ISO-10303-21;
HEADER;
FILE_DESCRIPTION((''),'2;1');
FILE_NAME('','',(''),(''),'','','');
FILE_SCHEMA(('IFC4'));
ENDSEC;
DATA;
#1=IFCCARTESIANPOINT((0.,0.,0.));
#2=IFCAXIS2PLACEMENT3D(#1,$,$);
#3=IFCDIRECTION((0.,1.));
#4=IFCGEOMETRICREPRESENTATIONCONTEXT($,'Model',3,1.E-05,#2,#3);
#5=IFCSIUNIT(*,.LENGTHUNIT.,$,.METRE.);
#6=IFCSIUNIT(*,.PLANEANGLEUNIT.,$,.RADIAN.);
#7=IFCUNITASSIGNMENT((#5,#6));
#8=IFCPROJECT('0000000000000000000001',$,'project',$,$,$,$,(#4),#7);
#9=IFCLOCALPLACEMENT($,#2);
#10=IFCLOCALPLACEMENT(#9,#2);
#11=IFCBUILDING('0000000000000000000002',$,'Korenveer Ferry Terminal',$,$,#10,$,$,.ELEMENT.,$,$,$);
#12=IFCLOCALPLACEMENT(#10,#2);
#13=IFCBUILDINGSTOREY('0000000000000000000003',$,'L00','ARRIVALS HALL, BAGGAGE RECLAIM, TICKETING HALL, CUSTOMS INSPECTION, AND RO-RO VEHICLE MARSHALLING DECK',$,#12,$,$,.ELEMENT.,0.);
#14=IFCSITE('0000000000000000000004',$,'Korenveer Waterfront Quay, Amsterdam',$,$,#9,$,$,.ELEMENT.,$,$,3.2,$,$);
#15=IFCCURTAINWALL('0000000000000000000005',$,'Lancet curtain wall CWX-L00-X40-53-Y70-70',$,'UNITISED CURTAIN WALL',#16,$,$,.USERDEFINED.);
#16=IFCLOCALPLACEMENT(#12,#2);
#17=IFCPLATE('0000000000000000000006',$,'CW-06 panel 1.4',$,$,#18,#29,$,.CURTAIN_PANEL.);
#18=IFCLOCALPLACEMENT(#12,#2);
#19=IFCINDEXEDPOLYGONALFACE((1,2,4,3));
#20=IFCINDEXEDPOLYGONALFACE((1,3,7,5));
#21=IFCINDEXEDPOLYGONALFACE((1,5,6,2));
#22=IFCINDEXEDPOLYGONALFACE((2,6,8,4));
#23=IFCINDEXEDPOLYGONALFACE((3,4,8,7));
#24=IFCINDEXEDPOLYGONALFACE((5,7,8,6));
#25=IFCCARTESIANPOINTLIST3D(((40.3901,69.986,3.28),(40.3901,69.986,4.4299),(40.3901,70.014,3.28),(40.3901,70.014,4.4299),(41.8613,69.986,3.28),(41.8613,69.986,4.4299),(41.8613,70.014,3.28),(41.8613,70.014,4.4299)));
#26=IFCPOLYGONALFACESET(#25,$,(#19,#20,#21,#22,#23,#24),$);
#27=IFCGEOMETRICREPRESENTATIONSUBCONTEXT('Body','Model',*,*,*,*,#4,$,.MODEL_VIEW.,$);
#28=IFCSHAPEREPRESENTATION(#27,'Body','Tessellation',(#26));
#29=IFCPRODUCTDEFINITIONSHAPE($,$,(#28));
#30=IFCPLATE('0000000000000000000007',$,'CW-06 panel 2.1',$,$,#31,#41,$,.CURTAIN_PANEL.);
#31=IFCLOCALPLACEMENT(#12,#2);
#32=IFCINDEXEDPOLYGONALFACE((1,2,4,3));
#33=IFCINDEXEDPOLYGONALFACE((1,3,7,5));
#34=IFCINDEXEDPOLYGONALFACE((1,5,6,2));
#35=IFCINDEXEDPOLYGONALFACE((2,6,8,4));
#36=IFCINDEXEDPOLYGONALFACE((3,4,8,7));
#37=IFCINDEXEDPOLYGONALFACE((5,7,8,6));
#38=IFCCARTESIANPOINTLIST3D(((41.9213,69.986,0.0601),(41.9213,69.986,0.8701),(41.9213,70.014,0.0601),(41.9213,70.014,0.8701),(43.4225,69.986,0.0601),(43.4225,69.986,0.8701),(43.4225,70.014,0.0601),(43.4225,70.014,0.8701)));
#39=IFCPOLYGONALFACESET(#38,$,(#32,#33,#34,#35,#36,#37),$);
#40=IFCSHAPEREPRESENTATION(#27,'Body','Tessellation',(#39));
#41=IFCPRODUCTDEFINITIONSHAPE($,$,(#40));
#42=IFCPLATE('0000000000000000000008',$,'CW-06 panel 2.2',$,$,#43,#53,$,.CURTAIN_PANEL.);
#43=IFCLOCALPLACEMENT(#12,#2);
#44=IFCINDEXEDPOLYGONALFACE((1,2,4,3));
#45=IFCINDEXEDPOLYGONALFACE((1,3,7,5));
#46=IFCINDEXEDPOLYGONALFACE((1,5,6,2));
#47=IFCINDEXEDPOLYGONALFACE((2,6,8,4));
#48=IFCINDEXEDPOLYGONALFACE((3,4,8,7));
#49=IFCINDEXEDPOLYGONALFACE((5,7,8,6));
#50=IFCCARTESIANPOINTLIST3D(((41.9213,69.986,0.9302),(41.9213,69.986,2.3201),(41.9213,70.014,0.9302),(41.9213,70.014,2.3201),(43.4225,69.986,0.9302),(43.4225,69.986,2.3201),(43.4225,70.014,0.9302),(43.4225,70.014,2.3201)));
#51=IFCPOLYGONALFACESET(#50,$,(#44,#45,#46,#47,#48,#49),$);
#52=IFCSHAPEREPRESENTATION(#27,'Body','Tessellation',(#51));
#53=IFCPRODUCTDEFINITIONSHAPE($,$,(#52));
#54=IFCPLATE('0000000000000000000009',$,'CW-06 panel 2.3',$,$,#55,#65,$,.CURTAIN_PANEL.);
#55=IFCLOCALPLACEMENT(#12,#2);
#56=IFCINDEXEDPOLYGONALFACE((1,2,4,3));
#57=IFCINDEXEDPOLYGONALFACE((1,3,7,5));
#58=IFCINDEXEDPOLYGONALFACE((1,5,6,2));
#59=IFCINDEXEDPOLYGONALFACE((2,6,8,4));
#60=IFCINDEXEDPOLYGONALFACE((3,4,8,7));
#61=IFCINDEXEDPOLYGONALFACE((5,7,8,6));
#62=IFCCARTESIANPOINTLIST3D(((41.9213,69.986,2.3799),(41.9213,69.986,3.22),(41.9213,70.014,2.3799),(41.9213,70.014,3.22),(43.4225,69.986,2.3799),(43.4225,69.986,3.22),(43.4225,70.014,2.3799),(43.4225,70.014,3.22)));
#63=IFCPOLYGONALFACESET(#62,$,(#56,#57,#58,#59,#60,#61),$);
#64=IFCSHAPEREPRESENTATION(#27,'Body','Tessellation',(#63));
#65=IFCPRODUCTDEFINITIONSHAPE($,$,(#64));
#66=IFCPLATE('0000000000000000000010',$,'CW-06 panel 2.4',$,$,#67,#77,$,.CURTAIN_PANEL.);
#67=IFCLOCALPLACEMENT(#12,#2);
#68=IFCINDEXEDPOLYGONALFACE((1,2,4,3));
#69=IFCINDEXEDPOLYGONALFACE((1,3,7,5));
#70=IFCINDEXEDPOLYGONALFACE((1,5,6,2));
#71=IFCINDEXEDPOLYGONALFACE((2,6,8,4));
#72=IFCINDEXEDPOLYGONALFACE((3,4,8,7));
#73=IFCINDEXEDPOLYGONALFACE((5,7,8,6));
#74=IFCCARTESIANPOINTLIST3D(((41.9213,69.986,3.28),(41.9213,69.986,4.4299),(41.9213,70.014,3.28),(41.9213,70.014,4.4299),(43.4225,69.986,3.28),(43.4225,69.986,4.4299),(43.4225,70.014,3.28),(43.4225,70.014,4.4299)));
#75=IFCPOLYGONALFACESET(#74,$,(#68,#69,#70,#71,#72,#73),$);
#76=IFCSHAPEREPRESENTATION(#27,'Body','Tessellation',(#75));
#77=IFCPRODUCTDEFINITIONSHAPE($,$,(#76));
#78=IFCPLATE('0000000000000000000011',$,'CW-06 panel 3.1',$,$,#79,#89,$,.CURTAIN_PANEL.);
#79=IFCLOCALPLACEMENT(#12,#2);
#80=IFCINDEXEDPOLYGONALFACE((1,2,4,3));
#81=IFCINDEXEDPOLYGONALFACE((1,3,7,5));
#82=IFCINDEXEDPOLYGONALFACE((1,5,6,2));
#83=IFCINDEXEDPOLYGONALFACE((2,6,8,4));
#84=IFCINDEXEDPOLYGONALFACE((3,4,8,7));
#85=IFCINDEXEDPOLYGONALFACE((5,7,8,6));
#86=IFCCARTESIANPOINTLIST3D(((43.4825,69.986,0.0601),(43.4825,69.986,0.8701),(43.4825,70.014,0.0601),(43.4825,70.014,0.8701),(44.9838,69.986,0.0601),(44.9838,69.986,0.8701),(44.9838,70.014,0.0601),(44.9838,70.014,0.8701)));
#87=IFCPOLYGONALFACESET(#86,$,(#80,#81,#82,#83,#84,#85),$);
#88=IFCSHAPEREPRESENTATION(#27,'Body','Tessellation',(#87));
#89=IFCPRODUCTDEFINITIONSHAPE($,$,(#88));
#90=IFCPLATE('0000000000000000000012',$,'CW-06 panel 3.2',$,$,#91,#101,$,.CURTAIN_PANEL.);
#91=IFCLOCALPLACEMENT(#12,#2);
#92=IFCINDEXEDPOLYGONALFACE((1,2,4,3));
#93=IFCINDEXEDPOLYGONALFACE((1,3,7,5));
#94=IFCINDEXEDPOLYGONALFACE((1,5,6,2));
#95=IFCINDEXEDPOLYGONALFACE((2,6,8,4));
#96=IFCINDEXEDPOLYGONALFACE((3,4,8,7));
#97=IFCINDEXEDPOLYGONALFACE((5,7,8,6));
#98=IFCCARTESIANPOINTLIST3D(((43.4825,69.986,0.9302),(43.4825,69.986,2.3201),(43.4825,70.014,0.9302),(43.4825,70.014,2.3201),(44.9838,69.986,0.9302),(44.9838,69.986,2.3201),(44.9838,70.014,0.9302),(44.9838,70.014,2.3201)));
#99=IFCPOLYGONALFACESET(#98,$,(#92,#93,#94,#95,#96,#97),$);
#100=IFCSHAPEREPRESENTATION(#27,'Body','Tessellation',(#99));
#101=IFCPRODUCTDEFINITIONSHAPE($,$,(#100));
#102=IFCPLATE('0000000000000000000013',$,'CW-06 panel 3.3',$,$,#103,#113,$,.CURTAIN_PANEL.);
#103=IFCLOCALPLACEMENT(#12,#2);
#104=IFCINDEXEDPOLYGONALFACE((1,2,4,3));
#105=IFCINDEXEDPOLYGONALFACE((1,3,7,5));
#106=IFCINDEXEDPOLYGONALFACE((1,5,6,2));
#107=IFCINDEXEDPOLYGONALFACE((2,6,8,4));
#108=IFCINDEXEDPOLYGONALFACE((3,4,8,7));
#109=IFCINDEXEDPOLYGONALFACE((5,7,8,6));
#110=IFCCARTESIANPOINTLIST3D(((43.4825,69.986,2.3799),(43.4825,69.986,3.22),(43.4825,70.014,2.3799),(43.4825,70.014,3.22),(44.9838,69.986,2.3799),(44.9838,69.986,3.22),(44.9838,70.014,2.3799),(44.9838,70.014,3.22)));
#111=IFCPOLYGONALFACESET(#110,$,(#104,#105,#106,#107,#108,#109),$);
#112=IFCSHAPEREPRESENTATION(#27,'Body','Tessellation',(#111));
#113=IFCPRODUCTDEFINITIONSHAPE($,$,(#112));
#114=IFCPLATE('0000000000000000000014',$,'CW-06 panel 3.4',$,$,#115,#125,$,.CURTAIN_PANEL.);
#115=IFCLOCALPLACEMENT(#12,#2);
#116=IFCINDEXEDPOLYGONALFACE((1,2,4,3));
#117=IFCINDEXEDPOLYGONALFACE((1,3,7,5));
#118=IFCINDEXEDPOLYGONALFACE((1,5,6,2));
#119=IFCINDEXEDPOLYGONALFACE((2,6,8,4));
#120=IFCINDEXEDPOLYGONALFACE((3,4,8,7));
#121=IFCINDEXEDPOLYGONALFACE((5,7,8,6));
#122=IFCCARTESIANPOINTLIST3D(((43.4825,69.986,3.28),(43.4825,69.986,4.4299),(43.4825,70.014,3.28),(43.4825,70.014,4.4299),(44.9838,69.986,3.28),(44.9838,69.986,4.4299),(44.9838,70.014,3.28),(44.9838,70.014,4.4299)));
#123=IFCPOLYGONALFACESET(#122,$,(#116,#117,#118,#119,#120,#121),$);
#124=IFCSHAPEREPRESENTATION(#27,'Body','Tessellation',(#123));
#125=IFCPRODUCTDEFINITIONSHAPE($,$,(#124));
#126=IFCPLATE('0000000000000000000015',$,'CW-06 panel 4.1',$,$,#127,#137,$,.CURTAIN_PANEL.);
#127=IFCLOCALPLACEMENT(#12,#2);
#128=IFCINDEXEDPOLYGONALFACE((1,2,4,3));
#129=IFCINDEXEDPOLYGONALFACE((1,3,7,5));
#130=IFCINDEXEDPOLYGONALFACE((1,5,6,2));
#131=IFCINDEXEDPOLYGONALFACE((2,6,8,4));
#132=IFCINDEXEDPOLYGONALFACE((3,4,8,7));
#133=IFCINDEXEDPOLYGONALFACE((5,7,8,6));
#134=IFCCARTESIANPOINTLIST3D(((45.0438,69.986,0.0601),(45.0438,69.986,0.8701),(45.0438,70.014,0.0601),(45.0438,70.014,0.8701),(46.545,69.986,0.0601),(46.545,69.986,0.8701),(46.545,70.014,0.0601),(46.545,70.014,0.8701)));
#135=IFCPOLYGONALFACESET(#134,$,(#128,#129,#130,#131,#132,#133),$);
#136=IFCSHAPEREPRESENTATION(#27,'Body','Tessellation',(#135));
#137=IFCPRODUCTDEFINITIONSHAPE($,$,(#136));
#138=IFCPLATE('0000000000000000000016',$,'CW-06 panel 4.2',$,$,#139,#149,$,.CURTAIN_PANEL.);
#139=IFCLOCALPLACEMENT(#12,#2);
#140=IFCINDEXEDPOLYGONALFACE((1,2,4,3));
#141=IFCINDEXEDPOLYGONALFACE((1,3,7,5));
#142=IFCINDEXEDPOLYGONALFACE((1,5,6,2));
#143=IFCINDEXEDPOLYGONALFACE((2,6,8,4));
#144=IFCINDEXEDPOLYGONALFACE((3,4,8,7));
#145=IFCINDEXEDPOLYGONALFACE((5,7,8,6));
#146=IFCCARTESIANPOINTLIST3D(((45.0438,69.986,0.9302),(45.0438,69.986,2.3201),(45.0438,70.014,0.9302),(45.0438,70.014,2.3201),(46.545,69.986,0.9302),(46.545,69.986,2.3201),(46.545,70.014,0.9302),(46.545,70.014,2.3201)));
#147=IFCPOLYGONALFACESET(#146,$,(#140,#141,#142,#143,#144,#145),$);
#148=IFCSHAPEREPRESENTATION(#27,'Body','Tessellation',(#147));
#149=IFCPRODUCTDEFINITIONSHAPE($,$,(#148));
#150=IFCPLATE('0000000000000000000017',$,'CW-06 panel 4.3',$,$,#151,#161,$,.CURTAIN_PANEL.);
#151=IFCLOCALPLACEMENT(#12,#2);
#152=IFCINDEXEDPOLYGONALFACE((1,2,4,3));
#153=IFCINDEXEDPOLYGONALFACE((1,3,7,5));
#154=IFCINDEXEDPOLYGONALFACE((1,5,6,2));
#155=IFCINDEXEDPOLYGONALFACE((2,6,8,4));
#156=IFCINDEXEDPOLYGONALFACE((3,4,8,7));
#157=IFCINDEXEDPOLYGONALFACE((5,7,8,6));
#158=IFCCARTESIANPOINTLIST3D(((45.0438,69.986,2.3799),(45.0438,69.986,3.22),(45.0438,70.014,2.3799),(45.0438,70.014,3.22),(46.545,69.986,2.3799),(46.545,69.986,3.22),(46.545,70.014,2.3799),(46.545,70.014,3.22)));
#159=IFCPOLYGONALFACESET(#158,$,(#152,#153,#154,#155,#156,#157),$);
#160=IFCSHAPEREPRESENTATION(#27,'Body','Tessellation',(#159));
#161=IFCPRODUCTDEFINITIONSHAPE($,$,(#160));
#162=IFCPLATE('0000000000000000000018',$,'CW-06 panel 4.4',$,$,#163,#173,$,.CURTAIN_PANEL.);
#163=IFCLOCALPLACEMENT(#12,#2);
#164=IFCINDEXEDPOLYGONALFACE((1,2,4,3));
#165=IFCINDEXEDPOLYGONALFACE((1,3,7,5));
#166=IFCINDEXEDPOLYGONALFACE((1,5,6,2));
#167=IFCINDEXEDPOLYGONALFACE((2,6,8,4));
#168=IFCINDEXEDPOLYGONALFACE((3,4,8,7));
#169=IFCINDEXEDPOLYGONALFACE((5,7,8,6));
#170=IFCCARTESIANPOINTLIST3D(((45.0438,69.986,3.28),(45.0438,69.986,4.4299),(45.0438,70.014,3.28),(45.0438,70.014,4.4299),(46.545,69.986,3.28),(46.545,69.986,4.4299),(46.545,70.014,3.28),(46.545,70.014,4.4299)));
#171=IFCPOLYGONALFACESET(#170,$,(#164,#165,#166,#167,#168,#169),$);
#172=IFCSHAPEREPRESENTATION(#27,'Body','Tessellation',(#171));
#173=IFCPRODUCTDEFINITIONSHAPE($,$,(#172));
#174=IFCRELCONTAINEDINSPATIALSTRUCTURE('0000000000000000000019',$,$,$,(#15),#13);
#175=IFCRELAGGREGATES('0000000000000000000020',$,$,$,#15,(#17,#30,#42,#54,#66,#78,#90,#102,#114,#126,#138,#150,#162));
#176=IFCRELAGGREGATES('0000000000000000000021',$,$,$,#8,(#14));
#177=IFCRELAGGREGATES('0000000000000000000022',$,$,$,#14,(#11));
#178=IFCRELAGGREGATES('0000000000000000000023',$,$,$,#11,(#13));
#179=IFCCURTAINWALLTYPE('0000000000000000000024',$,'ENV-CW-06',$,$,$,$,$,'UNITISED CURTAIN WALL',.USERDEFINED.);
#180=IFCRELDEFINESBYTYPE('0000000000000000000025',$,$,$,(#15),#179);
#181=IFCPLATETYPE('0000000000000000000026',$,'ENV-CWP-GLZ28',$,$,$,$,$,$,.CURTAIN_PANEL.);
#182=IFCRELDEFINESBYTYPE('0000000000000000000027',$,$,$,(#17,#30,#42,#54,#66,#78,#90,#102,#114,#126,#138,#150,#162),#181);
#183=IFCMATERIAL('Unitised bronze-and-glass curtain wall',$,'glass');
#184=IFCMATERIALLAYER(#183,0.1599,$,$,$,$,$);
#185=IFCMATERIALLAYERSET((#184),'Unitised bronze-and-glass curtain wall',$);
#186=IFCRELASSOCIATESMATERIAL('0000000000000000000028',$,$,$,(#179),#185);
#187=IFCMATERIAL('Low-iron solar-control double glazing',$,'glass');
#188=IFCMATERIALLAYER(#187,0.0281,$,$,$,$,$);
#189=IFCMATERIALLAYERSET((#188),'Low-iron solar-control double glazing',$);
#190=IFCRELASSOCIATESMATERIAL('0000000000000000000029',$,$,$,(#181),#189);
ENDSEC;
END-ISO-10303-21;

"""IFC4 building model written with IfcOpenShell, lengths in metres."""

from ifc_helpers import new_model, si_unit, direction, frame, origin, origin_2d, place, context, subcontext, project, spatial, rectangle, extrude, material, layer, layer_set, type_object, element, aggregate, save


model = new_model("IFC4")

# Units and contexts
model_context = context("Model", 3, precision=1e-05, world=origin(), true_north=direction((0.0, 1.0)))
body_context = subcontext(model_context, "Body", "Model", "MODEL_VIEW")
ifc_project = project(units=[si_unit("LENGTHUNIT", "METRE"), si_unit("PLANEANGLEUNIT", "RADIAN")], contexts=[model_context])

# Site, building, storey
site_placement = place(None, origin())
site = spatial("IfcSite", under=ifc_project, at=site_placement, Name="Korenveer Waterfront Quay, Amsterdam", CompositionType="ELEMENT", RefElevation=3.2)
building_placement = place(site_placement, origin())
building = spatial("IfcBuilding", under=site, at=building_placement, Name="Korenveer Ferry Terminal", CompositionType="ELEMENT")
storey_placement = place(building_placement, origin())
storey = spatial("IfcBuildingStorey", under=building, at=storey_placement, Name="L00", Description="ARRIVALS HALL, BAGGAGE RECLAIM, TICKETING HALL, CUSTOMS INSPECTION, AND RO-RO VEHICLE MARSHALLING DECK", CompositionType="ELEMENT", Elevation=0.0)

# Curtain wall, plates
ifc_material_1 = material(Name="Unitised bronze-and-glass curtain wall", Category="glass")
ifc_layer_1 = layer(ifc_material_1, 0.1599)
ifc_layer_set_1 = layer_set([ifc_layer_1], Name="Unitised bronze-and-glass curtain wall")
curtain_wall_type = type_object("IfcCurtainWallType", Name="ENV-CW-06", ElementType="UNITISED CURTAIN WALL", PredefinedType="USERDEFINED", material=ifc_layer_set_1)
curtain_wall_placement = place(storey_placement, frame((40.3301, 70.0, 0.0)))
curtain_wall = element("IfcCurtainWall", 1, at=curtain_wall_placement, inside=storey, type_object=curtain_wall_type, Name="Lancet curtain wall CWX-L00-X40-53-Y70-70", ObjectType="UNITISED CURTAIN WALL", PredefinedType="USERDEFINED")
ifc_material_2 = material(Name="Low-iron solar-control double glazing", Category="glass")
ifc_layer_2 = layer(ifc_material_2, 0.0281)
ifc_layer_set_2 = layer_set([ifc_layer_2], Name="Low-iron solar-control double glazing")
plate_type = type_object("IfcPlateType", Name="ENV-CWP-GLZ28", PredefinedType="CURTAIN_PANEL", material=ifc_layer_set_2)
plate_1_placement = place(storey_placement, frame((41.1257, 70.0, 3.28), z_axis=(0.0, 0.0, 1.0), x_axis=(1.0, 0.0, 0.0)))
plate_1 = element("IfcPlate", 2, at=plate_1_placement, type_object=plate_type, Name="CW-06 panel 1.4", PredefinedType="CURTAIN_PANEL", context=body_context, shape_type="SweptSolid", body=[
    extrude(rectangle(XDim=1.4712, YDim=0.0281, at=origin_2d()), origin(), (0.0, 0.0, 1.0), 1.1499),
])
plate_2_placement = place(storey_placement, frame((42.6719, 70.0, 0.0601), z_axis=(0.0, 0.0, 1.0), x_axis=(1.0, 0.0, 0.0)))
plate_2 = element("IfcPlate", 3, at=plate_2_placement, type_object=plate_type, Name="CW-06 panel 2.1", PredefinedType="CURTAIN_PANEL", context=body_context, shape_type="SweptSolid", body=[
    extrude(rectangle(XDim=1.5012, YDim=0.0281, at=origin_2d()), origin(), (0.0, 0.0, 1.0), 0.8101),
])
plate_3_placement = place(storey_placement, frame((42.6719, 70.0, 0.9302), z_axis=(0.0, 0.0, 1.0), x_axis=(1.0, 0.0, 0.0)))
plate_3 = element("IfcPlate", 4, at=plate_3_placement, type_object=plate_type, Name="CW-06 panel 2.2", PredefinedType="CURTAIN_PANEL", context=body_context, shape_type="SweptSolid", body=[
    extrude(rectangle(XDim=1.5012, YDim=0.0281, at=origin_2d()), origin(), (0.0, 0.0, 1.0), 1.3899),
])
plate_4_placement = place(storey_placement, frame((42.6719, 70.0, 2.3799), z_axis=(0.0, 0.0, 1.0), x_axis=(1.0, 0.0, 0.0)))
plate_4 = element("IfcPlate", 5, at=plate_4_placement, type_object=plate_type, Name="CW-06 panel 2.3", PredefinedType="CURTAIN_PANEL", context=body_context, shape_type="SweptSolid", body=[
    extrude(rectangle(XDim=1.5012, YDim=0.0281, at=origin_2d()), origin(), (0.0, 0.0, 1.0), 0.8401),
])
plate_5_placement = place(storey_placement, frame((42.6719, 70.0, 3.28), z_axis=(0.0, 0.0, 1.0), x_axis=(1.0, 0.0, 0.0)))
plate_5 = element("IfcPlate", 6, at=plate_5_placement, type_object=plate_type, Name="CW-06 panel 2.4", PredefinedType="CURTAIN_PANEL", context=body_context, shape_type="SweptSolid", body=[
    extrude(rectangle(XDim=1.5012, YDim=0.0281, at=origin_2d()), origin(), (0.0, 0.0, 1.0), 1.1499),
])
plate_6_placement = place(storey_placement, frame((44.2332, 70.0, 0.0601), z_axis=(0.0, 0.0, 1.0), x_axis=(1.0, 0.0, 0.0)))
plate_6 = element("IfcPlate", 7, at=plate_6_placement, type_object=plate_type, Name="CW-06 panel 3.1", PredefinedType="CURTAIN_PANEL", context=body_context, shape_type="SweptSolid", body=[
    extrude(rectangle(XDim=1.5012, YDim=0.0281, at=origin_2d()), origin(), (0.0, 0.0, 1.0), 0.8101),
])
plate_7_placement = place(storey_placement, frame((44.2332, 70.0, 0.9302), z_axis=(0.0, 0.0, 1.0), x_axis=(1.0, 0.0, 0.0)))
plate_7 = element("IfcPlate", 8, at=plate_7_placement, type_object=plate_type, Name="CW-06 panel 3.2", PredefinedType="CURTAIN_PANEL", context=body_context, shape_type="SweptSolid", body=[
    extrude(rectangle(XDim=1.5012, YDim=0.0281, at=origin_2d()), origin(), (0.0, 0.0, 1.0), 1.3899),
])
plate_8_placement = place(storey_placement, frame((44.2332, 70.0, 2.3799), z_axis=(0.0, 0.0, 1.0), x_axis=(1.0, 0.0, 0.0)))
plate_8 = element("IfcPlate", 9, at=plate_8_placement, type_object=plate_type, Name="CW-06 panel 3.3", PredefinedType="CURTAIN_PANEL", context=body_context, shape_type="SweptSolid", body=[
    extrude(rectangle(XDim=1.5012, YDim=0.0281, at=origin_2d()), origin(), (0.0, 0.0, 1.0), 0.8401),
])
plate_9_placement = place(storey_placement, frame((44.2332, 70.0, 3.28), z_axis=(0.0, 0.0, 1.0), x_axis=(1.0, 0.0, 0.0)))
plate_9 = element("IfcPlate", 10, at=plate_9_placement, type_object=plate_type, Name="CW-06 panel 3.4", PredefinedType="CURTAIN_PANEL", context=body_context, shape_type="SweptSolid", body=[
    extrude(rectangle(XDim=1.5012, YDim=0.0281, at=origin_2d()), origin(), (0.0, 0.0, 1.0), 1.1499),
])
plate_10_placement = place(storey_placement, frame((45.7944, 70.0, 0.0601), z_axis=(0.0, 0.0, 1.0), x_axis=(1.0, 0.0, 0.0)))
plate_10 = element("IfcPlate", 11, at=plate_10_placement, type_object=plate_type, Name="CW-06 panel 4.1", PredefinedType="CURTAIN_PANEL", context=body_context, shape_type="SweptSolid", body=[
    extrude(rectangle(XDim=1.5012, YDim=0.0281, at=origin_2d()), origin(), (0.0, 0.0, 1.0), 0.8101),
])
plate_11_placement = place(storey_placement, frame((45.7944, 70.0, 0.9302), z_axis=(0.0, 0.0, 1.0), x_axis=(1.0, 0.0, 0.0)))
plate_11 = element("IfcPlate", 12, at=plate_11_placement, type_object=plate_type, Name="CW-06 panel 4.2", PredefinedType="CURTAIN_PANEL", context=body_context, shape_type="SweptSolid", body=[
    extrude(rectangle(XDim=1.5012, YDim=0.0281, at=origin_2d()), origin(), (0.0, 0.0, 1.0), 1.3899),
])
plate_12_placement = place(storey_placement, frame((45.7944, 70.0, 2.3799), z_axis=(0.0, 0.0, 1.0), x_axis=(1.0, 0.0, 0.0)))
plate_12 = element("IfcPlate", 13, at=plate_12_placement, type_object=plate_type, Name="CW-06 panel 4.3", PredefinedType="CURTAIN_PANEL", context=body_context, shape_type="SweptSolid", body=[
    extrude(rectangle(XDim=1.5012, YDim=0.0281, at=origin_2d()), origin(), (0.0, 0.0, 1.0), 0.8401),
])
plate_13_placement = place(storey_placement, frame((45.7944, 70.0, 3.28), z_axis=(0.0, 0.0, 1.0), x_axis=(1.0, 0.0, 0.0)))
plate_13 = element("IfcPlate", 14, at=plate_13_placement, type_object=plate_type, Name="CW-06 panel 4.4", PredefinedType="CURTAIN_PANEL", context=body_context, shape_type="SweptSolid", body=[
    extrude(rectangle(XDim=1.5012, YDim=0.0281, at=origin_2d()), origin(), (0.0, 0.0, 1.0), 1.1499),
])
aggregate(curtain_wall, [plate_1, plate_2, plate_3, plate_4, plate_5, plate_6, plate_7, plate_8, plate_9, plate_10, plate_11, plate_12, plate_13])

save(model, "model.ifc")
